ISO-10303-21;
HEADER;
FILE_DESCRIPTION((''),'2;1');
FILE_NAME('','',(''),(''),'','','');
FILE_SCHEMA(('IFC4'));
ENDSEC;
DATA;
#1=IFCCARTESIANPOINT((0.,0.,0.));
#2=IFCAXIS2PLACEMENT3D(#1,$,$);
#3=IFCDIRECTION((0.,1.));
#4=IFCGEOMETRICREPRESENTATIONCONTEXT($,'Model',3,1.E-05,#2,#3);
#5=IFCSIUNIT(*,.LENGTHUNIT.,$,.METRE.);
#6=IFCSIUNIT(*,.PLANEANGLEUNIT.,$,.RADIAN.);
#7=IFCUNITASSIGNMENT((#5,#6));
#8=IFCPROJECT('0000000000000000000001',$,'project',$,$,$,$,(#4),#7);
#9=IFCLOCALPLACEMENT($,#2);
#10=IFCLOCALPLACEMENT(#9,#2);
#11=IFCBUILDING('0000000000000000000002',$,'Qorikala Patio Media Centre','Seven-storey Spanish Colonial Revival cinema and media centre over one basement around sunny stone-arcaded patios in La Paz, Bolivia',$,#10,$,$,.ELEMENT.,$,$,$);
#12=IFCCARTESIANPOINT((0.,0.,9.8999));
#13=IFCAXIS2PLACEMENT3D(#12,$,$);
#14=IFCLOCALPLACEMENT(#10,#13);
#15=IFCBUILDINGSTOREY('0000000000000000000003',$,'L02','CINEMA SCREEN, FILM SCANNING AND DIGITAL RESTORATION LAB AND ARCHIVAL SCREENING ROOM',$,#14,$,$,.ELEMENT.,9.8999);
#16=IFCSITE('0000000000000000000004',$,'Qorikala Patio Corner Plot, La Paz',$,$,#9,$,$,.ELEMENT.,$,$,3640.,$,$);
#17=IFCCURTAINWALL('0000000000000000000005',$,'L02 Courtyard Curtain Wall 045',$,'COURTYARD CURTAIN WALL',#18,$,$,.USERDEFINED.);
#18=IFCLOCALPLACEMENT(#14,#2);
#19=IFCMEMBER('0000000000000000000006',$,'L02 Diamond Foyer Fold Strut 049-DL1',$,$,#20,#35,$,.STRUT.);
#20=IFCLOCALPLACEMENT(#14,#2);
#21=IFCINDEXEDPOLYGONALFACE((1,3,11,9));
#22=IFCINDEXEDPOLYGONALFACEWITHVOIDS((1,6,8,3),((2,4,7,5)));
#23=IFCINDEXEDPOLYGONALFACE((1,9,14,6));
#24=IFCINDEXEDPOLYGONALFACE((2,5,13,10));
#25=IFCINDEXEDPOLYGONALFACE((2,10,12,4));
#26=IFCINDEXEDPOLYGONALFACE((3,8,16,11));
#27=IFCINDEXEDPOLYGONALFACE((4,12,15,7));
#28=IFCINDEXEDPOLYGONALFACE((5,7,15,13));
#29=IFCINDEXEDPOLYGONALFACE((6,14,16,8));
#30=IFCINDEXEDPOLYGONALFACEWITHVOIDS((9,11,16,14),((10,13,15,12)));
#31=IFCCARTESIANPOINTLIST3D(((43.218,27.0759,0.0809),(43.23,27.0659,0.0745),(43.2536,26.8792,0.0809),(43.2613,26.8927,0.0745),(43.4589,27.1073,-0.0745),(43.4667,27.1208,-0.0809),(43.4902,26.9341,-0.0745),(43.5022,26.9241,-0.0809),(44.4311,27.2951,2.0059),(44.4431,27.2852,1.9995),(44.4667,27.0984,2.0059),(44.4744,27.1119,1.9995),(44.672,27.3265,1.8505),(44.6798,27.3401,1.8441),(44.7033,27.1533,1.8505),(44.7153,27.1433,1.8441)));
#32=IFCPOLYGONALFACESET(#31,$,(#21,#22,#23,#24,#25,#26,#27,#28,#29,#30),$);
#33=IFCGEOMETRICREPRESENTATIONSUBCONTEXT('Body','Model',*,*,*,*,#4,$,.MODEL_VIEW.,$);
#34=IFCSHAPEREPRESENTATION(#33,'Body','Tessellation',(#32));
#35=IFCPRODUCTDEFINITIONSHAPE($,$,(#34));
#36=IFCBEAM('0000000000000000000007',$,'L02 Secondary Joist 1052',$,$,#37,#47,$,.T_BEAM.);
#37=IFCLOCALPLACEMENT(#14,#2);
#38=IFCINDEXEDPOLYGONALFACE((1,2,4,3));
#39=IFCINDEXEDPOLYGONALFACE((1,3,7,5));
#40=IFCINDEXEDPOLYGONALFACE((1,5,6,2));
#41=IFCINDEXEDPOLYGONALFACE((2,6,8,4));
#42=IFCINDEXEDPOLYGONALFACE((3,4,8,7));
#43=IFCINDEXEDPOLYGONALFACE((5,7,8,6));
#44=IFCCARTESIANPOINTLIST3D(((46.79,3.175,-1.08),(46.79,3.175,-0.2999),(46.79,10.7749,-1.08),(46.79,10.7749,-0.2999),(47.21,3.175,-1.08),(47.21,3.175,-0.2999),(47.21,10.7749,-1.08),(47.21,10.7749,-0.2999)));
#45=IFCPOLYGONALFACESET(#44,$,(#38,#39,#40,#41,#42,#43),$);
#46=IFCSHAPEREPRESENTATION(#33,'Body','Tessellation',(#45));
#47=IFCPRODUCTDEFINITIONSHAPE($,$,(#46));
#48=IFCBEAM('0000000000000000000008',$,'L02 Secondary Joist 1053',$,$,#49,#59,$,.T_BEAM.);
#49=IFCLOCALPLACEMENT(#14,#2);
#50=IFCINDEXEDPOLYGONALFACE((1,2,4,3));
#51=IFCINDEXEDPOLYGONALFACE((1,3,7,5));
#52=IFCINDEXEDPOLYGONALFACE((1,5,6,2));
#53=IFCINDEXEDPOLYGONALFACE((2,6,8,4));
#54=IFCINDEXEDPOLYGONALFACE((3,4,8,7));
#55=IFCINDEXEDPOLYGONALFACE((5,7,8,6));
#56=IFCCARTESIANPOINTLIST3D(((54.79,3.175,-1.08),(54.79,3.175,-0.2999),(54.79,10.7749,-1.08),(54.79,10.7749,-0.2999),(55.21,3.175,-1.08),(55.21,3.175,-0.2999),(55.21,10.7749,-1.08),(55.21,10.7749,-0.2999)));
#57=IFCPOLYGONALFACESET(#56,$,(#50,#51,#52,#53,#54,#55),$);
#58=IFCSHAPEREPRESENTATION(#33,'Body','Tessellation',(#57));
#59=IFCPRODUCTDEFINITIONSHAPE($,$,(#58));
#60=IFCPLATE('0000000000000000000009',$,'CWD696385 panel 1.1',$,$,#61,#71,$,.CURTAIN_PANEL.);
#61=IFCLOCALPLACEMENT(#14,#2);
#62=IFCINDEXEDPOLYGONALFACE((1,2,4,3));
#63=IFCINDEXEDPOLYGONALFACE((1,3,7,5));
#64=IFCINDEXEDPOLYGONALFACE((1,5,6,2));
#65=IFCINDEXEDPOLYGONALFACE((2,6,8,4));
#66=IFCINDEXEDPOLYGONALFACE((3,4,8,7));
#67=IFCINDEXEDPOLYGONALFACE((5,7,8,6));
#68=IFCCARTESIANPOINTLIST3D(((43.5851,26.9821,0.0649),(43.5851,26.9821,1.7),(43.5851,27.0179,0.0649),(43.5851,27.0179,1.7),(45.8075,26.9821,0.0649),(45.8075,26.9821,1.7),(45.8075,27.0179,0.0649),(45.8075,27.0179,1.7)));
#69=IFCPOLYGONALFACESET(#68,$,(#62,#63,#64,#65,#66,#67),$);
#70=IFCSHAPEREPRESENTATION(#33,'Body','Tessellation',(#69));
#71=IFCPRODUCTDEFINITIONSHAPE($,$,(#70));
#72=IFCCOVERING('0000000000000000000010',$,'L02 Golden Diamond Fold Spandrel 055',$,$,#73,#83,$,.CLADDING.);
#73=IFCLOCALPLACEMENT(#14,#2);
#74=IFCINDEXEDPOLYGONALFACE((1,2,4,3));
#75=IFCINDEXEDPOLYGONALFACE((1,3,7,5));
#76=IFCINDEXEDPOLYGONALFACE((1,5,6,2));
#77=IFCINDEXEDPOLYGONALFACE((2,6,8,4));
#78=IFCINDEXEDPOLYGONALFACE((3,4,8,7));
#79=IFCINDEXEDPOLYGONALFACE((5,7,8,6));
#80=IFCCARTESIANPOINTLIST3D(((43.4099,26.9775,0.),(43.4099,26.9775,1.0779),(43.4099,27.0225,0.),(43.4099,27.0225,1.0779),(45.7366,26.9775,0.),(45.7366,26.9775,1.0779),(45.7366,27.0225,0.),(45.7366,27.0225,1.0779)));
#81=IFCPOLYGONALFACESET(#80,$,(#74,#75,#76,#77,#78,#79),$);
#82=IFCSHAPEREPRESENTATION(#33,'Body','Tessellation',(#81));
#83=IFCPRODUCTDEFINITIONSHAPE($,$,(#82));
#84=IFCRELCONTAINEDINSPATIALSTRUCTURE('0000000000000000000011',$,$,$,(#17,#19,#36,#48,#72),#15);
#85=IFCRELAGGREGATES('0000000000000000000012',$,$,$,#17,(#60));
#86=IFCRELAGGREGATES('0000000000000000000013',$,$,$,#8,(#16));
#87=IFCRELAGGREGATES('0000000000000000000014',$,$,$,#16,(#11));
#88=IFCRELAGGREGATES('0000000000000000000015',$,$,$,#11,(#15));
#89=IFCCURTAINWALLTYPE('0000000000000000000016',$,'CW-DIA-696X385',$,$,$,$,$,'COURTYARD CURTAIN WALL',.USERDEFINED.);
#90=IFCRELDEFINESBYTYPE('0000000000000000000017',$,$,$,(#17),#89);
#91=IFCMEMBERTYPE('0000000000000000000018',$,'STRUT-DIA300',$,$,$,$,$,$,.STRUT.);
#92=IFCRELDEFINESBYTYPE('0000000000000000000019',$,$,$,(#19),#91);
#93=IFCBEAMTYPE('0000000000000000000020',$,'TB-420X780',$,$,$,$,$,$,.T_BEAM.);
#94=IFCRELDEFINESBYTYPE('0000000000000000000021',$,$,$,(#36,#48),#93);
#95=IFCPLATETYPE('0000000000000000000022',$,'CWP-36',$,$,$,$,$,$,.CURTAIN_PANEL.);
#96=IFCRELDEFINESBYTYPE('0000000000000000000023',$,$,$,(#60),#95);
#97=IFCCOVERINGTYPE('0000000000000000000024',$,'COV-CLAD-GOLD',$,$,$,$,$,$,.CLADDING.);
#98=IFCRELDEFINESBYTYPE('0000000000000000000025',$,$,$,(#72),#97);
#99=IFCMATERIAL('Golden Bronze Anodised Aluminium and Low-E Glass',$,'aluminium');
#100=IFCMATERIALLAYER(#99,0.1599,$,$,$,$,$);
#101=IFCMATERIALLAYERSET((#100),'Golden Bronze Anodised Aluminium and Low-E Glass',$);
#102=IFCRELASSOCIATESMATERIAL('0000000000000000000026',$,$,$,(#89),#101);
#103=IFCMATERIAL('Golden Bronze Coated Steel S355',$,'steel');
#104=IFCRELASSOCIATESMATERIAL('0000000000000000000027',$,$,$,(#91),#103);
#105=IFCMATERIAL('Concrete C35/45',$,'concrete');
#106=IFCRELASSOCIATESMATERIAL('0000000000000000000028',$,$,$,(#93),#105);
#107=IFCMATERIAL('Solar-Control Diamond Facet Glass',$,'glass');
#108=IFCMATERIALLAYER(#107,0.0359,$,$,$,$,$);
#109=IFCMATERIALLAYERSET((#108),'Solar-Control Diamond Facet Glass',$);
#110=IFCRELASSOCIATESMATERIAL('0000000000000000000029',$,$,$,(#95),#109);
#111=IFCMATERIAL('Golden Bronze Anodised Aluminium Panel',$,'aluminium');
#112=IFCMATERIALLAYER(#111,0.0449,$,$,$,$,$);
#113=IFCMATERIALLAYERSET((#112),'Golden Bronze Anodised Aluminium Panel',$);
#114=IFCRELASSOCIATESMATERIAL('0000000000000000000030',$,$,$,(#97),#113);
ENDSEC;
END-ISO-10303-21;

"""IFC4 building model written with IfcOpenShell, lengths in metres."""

from ifc_helpers import new_model, si_unit, direction, frame, origin, origin_2d, place, context, subcontext, project, spatial, rectangle, hollow_rectangle, extrude, material, layer, layer_set, material_profile, profile_set, type_object, element, aggregate, save


model = new_model("IFC4")

# Units and contexts
model_context = context("Model", 3, precision=1e-05, world=origin(), true_north=direction((0.0, 1.0)))
body_context = subcontext(model_context, "Body", "Model", "MODEL_VIEW")
ifc_project = project(units=[si_unit("LENGTHUNIT", "METRE"), si_unit("PLANEANGLEUNIT", "RADIAN")], contexts=[model_context])

# Site, building, storey
site_placement = place(None, origin())
site = spatial("IfcSite", under=ifc_project, at=site_placement, Name="Qorikala Patio Corner Plot, La Paz", CompositionType="ELEMENT", RefElevation=3640.0)
building_placement = place(site_placement, origin())
building = spatial("IfcBuilding", under=site, at=building_placement, Name="Qorikala Patio Media Centre", Description="Seven-storey Spanish Colonial Revival cinema and media centre over one basement around sunny stone-arcaded patios in La Paz, Bolivia", CompositionType="ELEMENT")
storey_placement = place(building_placement, frame((0.0, 0.0, 9.8999)))
storey = spatial("IfcBuildingStorey", under=building, at=storey_placement, Name="L02", Description="CINEMA SCREEN, FILM SCANNING AND DIGITAL RESTORATION LAB AND ARCHIVAL SCREENING ROOM", CompositionType="ELEMENT", Elevation=9.8999)

# Shared definitions
ifc_material_1 = material(Name="Concrete C35/45", Category="concrete")

# Shared definitions
ifc_material_2 = material(Name="Golden Bronze Coated Steel S355", Category="steel")

# Curtain wall
ifc_material_3 = material(Name="Golden Bronze Anodised Aluminium and Low-E Glass", Category="aluminium")
ifc_layer_1 = layer(ifc_material_3, 0.1599)
ifc_layer_set_1 = layer_set([ifc_layer_1], Name="Golden Bronze Anodised Aluminium and Low-E Glass")
curtain_wall_type = type_object("IfcCurtainWallType", Name="CW-DIA-696X385", ElementType="COURTYARD CURTAIN WALL", PredefinedType="USERDEFINED", material=ifc_layer_set_1)
curtain_wall_placement = place(storey_placement, origin())
curtain_wall = element("IfcCurtainWall", 1, at=curtain_wall_placement, inside=storey, type_object=curtain_wall_type, Name="L02 Courtyard Curtain Wall 045", ObjectType="COURTYARD CURTAIN WALL", PredefinedType="USERDEFINED")

# Member
ifc_material_profile_1 = material_profile(ifc_material_2, hollow_rectangle(XDim=0.2, YDim=0.3, WallThickness=0.012, at=origin_2d()), Name="HSS300X200X12")
ifc_profile_set_1 = profile_set([ifc_material_profile_1], Name="Golden Bronze Coated Steel S355")
member_type_1 = type_object("IfcMemberType", Name="STRUT-DIA300", PredefinedType="STRUT", material=ifc_profile_set_1)
member_1_placement = place(storey_placement, frame((43.3601, 27.0, 0.0), z_axis=(0.530691, 0.095907, 0.842121), x_axis=(-0.17784, 0.984059, 0.0)))
element("IfcMember", 2, at=member_1_placement, inside=storey, type_object=member_type_1, Name="L02 Diamond Foyer Fold Strut 049-DL1", PredefinedType="STRUT", context=body_context, shape_type="SweptSolid", body=[
    extrude(hollow_rectangle(XDim=0.2, YDim=0.3, WallThickness=0.012, at=origin_2d()), origin(), (0.0, 0.0, 1.0), 2.2859),
])

# Beams
ifc_material_profile_2 = material_profile(ifc_material_1, rectangle(XDim=0.4199, YDim=0.78, at=origin_2d()), Name="RC 420x780")
ifc_profile_set_2 = profile_set([ifc_material_profile_2], Name="Concrete C35/45")
beam_type_1 = type_object("IfcBeamType", Name="TB-420X780", PredefinedType="T_BEAM", material=ifc_profile_set_2)
for number, where, z_axis, x_axis, name in (
    (3, (47.0, 3.175, -0.6899), (0.0, 1.0, 0.0), (-1.0, 0.0, 0.0), "L02 Secondary Joist 1052"),
    (4, (55.0, 3.175, -0.6899), (0.0, 1.0, 0.0), (-1.0, 0.0, 0.0), "L02 Secondary Joist 1053"),
):
    element("IfcBeam", number, at=place(storey_placement, frame(where, z_axis=z_axis, x_axis=x_axis)), inside=storey, type_object=beam_type_1, Name=name, PredefinedType="T_BEAM", context=body_context, shape_type="SweptSolid", body=[
        extrude(rectangle(XDim=0.4199, YDim=0.78, at=origin_2d()), origin(), (0.0, 0.0, 1.0), 7.5999),
    ])

# Plate
ifc_material_4 = material(Name="Solar-Control Diamond Facet Glass", Category="glass")
ifc_layer_2 = layer(ifc_material_4, 0.0359)
ifc_layer_set_2 = layer_set([ifc_layer_2], Name="Solar-Control Diamond Facet Glass")
plate_type = type_object("IfcPlateType", Name="CWP-36", PredefinedType="CURTAIN_PANEL", material=ifc_layer_set_2)
plate_placement = place(storey_placement, frame((44.6963, 27.0, 0.0649), z_axis=(0.0, 0.0, 1.0), x_axis=(1.0, 0.0, 0.0)))
plate = element("IfcPlate", 5, at=plate_placement, type_object=plate_type, Name="CWD696385 panel 1.1", PredefinedType="CURTAIN_PANEL", context=body_context, shape_type="SweptSolid", body=[
    extrude(rectangle(XDim=2.2224, YDim=0.0359, at=origin_2d()), origin(), (0.0, 0.0, 1.0), 1.635),
])
aggregate(curtain_wall, [plate])

# Covering
ifc_material_5 = material(Name="Golden Bronze Anodised Aluminium Panel", Category="aluminium")
ifc_layer_3 = layer(ifc_material_5, 0.0449)
ifc_layer_set_3 = layer_set([ifc_layer_3], Name="Golden Bronze Anodised Aluminium Panel")
covering_type = type_object("IfcCoveringType", Name="COV-CLAD-GOLD", PredefinedType="CLADDING", material=ifc_layer_set_3)
covering_placement = place(storey_placement, frame((44.5732, 27.0, 0.0), z_axis=(0.0, 0.0, 1.0), x_axis=(1.0, 0.0, 0.0)))
element("IfcCovering", 6, at=covering_placement, inside=storey, type_object=covering_type, Name="L02 Golden Diamond Fold Spandrel 055", PredefinedType="CLADDING", context=body_context, shape_type="SweptSolid", body=[
    extrude(rectangle(XDim=2.3267, YDim=0.0449, at=origin_2d()), origin(), (0.0, 0.0, 1.0), 1.0779),
])

save(model, "model.ifc")
